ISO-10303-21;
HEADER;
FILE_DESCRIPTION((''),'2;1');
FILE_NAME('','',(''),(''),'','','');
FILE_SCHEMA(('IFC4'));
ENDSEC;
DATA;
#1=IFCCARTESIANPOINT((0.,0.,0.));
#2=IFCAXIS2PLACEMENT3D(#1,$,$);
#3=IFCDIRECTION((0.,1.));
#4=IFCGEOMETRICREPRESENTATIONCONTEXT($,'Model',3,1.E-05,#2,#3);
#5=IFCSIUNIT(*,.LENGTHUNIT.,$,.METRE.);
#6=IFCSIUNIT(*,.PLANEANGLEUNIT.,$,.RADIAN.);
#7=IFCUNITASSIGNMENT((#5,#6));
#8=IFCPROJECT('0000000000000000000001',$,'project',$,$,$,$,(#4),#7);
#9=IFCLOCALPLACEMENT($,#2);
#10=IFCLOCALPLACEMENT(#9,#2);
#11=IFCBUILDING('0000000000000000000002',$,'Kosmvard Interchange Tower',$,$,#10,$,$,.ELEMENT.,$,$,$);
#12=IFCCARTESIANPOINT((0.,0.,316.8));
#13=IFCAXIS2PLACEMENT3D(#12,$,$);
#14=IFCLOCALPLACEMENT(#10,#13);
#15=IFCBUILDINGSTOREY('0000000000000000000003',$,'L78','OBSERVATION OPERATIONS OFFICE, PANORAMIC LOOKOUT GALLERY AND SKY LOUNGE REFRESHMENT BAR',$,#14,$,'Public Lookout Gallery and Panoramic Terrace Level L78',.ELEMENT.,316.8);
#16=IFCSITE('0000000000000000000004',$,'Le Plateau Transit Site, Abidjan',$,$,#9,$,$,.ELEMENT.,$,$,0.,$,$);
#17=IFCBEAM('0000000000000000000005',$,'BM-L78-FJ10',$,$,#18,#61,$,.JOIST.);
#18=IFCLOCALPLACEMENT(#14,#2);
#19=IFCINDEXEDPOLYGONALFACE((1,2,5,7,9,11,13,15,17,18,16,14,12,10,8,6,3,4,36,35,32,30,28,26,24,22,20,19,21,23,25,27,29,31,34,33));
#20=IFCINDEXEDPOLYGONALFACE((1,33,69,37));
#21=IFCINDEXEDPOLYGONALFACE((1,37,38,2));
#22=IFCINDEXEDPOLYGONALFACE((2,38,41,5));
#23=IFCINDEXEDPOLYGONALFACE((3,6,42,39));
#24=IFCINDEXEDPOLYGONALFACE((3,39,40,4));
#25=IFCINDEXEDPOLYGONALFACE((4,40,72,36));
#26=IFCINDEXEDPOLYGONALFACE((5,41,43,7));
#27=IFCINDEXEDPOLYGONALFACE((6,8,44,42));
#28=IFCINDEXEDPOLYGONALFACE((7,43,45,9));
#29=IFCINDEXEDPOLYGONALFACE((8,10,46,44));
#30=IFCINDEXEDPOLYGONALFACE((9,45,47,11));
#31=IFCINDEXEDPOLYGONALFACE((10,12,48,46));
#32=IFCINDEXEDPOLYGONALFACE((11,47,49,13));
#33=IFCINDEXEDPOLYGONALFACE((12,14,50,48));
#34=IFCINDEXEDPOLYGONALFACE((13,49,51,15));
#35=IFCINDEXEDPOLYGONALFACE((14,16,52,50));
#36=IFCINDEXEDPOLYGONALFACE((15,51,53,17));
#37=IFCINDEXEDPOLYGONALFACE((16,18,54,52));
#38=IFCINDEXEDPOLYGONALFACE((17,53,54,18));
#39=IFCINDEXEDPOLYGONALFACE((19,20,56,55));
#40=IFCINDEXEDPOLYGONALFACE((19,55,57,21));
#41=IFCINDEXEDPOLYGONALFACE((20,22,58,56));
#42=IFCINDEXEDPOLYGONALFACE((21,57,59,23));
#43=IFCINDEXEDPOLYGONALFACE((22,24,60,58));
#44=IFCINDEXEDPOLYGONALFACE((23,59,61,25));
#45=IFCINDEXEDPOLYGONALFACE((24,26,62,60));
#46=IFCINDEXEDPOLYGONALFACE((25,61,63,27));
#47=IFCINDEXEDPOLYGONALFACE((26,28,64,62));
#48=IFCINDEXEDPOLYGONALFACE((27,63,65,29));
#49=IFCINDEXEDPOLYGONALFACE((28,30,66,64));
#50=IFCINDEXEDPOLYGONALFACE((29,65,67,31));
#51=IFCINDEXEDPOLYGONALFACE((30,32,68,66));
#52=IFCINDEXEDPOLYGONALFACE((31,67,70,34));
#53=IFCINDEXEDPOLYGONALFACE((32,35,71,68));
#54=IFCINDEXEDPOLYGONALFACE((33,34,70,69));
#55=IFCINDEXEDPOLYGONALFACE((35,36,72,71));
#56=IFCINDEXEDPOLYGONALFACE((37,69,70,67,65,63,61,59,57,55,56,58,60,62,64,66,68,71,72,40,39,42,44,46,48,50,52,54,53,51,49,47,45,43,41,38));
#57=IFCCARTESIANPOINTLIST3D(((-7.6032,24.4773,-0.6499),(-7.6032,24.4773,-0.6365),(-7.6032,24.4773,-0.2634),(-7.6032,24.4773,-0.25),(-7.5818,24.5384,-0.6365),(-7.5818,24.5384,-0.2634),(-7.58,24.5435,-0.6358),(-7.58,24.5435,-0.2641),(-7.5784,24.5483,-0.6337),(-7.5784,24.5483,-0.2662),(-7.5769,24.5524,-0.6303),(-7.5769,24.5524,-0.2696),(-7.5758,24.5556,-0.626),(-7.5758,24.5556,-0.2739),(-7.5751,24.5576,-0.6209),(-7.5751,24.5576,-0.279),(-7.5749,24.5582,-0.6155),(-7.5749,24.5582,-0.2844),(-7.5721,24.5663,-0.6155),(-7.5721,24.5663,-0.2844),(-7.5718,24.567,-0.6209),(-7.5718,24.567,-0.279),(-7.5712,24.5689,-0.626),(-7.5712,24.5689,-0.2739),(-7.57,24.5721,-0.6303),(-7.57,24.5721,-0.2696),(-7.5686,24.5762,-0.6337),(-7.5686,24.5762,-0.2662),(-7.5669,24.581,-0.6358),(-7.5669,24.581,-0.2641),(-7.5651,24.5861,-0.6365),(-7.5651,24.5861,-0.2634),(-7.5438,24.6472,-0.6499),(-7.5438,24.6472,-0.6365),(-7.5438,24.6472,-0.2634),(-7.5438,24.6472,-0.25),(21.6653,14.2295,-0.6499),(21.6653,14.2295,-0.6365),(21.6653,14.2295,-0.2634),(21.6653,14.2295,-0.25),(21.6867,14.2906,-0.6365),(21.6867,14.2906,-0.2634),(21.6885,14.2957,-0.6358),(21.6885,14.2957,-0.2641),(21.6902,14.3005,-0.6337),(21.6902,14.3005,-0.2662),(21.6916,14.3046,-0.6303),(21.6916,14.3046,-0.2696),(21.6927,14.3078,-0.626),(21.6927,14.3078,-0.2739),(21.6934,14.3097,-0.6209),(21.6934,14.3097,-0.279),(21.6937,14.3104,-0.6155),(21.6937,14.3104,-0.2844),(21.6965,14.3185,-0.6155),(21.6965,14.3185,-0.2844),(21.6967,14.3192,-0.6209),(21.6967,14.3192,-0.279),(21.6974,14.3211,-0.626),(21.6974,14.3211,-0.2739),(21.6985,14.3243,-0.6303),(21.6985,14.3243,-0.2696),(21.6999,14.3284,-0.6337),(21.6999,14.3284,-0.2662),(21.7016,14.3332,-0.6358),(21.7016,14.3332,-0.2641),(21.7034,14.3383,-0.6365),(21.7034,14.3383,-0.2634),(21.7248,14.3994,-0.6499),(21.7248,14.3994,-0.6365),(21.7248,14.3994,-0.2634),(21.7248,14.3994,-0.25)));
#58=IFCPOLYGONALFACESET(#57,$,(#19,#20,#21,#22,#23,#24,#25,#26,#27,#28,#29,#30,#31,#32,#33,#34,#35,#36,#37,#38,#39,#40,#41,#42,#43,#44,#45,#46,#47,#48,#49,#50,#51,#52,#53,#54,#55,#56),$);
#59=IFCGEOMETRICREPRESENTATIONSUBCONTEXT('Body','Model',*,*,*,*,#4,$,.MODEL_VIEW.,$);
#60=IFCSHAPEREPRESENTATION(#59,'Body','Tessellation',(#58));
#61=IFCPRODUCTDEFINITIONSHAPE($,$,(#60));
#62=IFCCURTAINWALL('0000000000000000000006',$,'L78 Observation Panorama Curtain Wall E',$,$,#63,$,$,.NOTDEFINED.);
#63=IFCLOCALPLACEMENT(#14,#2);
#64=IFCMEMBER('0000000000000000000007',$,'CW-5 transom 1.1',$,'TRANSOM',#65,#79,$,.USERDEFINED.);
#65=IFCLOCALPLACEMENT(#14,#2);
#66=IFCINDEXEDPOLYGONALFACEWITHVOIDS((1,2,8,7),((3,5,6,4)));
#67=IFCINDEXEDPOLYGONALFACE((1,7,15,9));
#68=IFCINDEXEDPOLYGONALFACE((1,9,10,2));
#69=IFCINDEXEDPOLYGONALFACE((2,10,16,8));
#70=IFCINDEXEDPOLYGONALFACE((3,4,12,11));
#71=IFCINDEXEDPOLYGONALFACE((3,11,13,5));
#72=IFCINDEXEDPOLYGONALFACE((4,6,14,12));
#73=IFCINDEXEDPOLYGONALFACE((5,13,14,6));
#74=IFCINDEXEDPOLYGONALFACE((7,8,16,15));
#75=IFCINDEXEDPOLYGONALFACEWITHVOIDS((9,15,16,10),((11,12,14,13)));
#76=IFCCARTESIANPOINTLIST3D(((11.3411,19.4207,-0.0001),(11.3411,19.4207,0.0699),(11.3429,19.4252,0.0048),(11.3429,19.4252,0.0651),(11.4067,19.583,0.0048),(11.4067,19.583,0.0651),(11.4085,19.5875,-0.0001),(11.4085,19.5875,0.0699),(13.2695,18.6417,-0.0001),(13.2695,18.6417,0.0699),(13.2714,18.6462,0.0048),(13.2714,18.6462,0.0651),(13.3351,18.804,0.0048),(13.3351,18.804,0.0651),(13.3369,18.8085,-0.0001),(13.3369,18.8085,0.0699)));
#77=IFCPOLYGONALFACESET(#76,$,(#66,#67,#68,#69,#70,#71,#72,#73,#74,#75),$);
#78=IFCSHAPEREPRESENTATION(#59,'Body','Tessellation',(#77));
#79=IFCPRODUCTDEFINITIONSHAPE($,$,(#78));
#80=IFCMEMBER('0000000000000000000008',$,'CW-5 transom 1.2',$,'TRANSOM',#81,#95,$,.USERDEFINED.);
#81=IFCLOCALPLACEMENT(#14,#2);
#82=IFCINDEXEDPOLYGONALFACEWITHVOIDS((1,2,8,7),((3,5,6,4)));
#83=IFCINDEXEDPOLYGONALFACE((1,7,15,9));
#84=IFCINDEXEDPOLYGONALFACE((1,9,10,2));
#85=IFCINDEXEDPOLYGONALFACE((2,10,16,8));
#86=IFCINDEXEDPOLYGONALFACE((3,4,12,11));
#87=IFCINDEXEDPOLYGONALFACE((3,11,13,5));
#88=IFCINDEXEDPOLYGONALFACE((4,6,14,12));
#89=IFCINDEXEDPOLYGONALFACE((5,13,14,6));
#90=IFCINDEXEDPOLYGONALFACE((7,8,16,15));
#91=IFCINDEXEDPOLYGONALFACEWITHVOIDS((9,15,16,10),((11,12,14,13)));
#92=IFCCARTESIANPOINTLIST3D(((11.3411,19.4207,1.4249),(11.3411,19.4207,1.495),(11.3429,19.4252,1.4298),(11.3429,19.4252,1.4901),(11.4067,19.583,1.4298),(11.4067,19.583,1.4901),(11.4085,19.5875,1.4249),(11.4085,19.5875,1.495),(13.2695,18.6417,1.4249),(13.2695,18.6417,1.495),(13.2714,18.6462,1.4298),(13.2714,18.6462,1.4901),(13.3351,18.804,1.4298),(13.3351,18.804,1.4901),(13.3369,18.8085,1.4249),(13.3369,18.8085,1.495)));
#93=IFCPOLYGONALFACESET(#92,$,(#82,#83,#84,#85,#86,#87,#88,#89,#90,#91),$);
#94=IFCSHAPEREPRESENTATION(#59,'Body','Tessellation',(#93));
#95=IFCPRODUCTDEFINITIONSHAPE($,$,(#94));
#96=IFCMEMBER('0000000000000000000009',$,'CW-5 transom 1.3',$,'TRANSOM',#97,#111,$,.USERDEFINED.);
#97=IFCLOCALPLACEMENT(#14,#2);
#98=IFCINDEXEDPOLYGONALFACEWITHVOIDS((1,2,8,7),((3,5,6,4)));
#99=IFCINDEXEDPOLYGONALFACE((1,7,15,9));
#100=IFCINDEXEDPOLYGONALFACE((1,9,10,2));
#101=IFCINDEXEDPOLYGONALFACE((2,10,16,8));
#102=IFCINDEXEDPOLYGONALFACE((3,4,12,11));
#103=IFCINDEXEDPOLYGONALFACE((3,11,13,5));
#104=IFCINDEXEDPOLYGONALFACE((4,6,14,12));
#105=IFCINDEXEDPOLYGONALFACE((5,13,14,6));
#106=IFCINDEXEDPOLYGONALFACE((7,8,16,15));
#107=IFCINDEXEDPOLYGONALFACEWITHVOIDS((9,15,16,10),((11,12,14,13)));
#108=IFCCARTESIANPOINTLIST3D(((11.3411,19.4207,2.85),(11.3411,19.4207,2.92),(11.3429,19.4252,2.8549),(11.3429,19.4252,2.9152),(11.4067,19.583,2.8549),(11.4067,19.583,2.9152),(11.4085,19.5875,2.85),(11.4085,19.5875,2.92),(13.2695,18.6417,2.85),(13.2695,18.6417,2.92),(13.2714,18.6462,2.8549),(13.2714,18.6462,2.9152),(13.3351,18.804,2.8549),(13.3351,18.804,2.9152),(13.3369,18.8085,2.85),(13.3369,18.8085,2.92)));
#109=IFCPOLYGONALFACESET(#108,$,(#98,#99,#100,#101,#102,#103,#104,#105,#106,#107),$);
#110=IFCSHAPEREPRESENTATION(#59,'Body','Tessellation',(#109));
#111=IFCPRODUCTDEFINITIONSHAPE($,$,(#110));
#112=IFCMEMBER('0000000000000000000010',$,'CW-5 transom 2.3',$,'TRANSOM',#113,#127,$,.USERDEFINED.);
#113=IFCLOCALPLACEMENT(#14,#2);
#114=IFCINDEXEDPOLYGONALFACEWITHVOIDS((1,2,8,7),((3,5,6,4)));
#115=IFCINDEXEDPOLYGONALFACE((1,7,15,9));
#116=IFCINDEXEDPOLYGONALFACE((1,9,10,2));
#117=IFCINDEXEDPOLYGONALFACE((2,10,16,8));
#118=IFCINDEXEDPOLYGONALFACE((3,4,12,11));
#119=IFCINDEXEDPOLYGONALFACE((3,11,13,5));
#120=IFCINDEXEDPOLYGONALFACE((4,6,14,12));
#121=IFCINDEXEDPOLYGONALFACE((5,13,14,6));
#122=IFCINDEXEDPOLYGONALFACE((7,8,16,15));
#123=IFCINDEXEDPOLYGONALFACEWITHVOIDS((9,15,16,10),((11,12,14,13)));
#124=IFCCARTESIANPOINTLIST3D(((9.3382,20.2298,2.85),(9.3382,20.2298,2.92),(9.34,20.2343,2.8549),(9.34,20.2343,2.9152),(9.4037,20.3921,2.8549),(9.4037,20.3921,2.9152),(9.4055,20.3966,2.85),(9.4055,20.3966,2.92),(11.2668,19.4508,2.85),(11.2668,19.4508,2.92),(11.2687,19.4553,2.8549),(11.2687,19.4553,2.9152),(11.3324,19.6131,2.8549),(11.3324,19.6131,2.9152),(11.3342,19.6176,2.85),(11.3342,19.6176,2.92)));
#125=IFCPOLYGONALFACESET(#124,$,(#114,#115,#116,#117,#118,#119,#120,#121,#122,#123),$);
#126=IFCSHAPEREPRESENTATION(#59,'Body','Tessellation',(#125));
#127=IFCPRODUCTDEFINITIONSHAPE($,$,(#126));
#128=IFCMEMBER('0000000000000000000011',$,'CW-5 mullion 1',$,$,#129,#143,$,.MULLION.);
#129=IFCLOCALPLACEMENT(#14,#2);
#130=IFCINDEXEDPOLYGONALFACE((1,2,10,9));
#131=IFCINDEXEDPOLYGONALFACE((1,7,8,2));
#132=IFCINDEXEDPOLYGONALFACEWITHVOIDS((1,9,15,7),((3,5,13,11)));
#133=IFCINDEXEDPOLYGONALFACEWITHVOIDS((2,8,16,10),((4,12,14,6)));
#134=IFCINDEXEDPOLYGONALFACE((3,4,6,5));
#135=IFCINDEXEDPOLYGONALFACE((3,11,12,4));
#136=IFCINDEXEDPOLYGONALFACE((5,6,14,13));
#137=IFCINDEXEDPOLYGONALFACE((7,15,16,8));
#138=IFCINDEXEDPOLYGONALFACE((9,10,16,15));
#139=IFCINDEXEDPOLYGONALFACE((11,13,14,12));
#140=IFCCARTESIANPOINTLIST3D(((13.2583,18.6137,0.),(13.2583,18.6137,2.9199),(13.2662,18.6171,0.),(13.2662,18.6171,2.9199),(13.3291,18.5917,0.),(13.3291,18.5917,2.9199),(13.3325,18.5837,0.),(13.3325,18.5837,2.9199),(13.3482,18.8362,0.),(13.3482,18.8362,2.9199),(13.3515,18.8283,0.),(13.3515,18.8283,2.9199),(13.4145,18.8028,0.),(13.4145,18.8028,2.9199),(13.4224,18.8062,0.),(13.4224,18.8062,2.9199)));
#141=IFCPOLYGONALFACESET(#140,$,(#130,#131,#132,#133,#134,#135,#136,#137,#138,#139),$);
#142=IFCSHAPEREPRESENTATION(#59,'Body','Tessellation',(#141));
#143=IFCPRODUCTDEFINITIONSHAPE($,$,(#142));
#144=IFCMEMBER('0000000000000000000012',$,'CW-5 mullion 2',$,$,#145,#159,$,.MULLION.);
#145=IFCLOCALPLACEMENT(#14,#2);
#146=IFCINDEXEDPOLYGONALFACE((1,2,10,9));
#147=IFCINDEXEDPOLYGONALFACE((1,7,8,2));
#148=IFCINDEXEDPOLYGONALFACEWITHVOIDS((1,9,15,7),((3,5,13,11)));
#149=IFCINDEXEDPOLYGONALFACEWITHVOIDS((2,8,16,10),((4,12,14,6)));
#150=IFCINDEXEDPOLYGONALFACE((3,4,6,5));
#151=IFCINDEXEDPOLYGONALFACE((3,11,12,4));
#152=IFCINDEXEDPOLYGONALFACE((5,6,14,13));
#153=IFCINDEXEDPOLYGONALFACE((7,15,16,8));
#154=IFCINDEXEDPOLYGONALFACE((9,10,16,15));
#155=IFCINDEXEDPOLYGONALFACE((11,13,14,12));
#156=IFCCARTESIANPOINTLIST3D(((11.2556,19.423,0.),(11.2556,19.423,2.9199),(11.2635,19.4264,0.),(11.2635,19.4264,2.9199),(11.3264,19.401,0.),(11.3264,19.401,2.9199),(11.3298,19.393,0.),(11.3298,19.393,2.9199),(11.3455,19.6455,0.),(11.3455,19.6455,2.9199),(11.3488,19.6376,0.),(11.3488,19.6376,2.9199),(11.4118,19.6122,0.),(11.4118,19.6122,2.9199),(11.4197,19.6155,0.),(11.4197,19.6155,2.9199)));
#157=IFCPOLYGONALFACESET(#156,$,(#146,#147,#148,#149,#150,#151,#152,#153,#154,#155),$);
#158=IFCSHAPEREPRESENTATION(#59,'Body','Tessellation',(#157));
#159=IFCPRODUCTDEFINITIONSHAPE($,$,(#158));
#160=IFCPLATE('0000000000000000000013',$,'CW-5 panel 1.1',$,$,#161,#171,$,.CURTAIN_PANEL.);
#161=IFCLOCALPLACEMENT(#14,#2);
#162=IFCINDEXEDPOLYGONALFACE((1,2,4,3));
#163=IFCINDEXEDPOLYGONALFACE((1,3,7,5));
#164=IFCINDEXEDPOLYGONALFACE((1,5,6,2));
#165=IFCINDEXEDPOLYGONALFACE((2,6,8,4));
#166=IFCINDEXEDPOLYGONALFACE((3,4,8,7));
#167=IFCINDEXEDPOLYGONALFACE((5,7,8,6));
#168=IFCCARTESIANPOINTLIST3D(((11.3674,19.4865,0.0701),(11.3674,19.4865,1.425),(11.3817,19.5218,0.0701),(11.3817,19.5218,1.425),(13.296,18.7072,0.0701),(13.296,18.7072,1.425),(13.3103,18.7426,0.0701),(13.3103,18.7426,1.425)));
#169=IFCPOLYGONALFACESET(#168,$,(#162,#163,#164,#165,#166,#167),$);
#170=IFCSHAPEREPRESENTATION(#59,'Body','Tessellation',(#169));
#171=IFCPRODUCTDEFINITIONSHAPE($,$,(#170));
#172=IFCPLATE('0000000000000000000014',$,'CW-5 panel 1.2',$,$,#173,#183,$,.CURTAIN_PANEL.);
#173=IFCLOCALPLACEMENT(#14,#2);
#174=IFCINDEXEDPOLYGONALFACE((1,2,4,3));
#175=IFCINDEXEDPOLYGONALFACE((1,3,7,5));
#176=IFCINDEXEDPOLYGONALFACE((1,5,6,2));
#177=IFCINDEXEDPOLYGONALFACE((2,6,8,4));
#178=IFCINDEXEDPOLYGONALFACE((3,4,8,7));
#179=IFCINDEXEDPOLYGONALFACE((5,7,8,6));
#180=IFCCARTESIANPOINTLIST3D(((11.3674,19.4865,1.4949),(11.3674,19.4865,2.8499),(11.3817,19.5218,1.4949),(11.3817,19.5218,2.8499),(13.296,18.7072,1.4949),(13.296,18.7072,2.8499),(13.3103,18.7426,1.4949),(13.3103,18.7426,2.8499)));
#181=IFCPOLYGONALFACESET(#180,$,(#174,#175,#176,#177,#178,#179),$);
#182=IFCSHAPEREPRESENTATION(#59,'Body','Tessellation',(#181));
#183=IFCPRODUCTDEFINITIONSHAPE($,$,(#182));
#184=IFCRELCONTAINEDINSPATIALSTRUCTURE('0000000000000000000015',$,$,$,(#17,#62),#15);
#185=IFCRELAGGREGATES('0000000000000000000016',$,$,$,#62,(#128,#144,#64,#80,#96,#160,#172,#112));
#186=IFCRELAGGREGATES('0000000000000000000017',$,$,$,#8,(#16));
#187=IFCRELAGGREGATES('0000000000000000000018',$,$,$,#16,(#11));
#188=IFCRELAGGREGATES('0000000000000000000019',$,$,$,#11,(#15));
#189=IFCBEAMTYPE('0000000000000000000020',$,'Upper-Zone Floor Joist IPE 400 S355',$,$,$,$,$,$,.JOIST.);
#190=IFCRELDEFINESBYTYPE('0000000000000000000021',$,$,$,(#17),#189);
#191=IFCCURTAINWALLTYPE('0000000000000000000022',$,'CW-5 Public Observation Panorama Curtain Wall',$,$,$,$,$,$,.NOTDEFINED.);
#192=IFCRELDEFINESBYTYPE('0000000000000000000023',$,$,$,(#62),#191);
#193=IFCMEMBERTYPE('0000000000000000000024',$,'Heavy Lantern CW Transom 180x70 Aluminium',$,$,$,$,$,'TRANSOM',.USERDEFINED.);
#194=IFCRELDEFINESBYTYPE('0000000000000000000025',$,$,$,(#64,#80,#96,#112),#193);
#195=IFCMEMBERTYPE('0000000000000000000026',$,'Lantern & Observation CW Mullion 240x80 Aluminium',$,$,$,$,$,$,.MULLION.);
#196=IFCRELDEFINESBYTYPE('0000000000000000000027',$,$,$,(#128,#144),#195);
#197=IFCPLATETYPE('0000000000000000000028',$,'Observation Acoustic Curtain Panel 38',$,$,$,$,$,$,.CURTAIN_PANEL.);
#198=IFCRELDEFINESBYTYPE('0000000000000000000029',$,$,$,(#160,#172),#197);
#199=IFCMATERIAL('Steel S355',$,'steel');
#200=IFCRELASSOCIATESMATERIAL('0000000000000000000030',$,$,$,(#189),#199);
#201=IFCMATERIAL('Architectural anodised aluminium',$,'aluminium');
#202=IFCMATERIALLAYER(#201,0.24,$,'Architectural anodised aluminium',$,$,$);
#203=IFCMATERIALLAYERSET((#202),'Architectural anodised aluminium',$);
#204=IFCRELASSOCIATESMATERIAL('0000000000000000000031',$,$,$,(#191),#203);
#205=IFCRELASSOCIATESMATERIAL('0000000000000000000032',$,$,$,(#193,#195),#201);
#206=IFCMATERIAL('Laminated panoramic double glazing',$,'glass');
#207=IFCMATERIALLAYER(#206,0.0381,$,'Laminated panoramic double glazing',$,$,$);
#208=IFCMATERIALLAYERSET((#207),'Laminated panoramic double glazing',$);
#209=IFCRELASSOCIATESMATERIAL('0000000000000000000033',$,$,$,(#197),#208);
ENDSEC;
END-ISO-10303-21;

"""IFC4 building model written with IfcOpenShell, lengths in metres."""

from ifc_helpers import new_model, si_unit, direction, frame, origin, origin_2d, place, context, subcontext, project, spatial, rectangle, hollow_rectangle, i_section, extrude, source, transform, mapped, material, layer, layer_set, material_profile, profile_set, type_object, element, aggregate, save


model = new_model("IFC4")

# Units and contexts
model_context = context("Model", 3, precision=1e-05, world=origin(), true_north=direction((0.0, 1.0)))
body_context = subcontext(model_context, "Body", "Model", "MODEL_VIEW")
ifc_project = project(units=[si_unit("LENGTHUNIT", "METRE"), si_unit("PLANEANGLEUNIT", "RADIAN")], contexts=[model_context])

# Site, building, storey
site_placement = place(None, origin())
site = spatial("IfcSite", under=ifc_project, at=site_placement, Name="Le Plateau Transit Site, Abidjan", CompositionType="ELEMENT", RefElevation=0.0)
building_placement = place(site_placement, origin())
building = spatial("IfcBuilding", under=site, at=building_placement, Name="Kosmvard Interchange Tower", CompositionType="ELEMENT")
storey_placement = place(building_placement, frame((0.0, 0.0, 316.8)))
storey = spatial("IfcBuildingStorey", under=building, at=storey_placement, Name="L78", Description="OBSERVATION OPERATIONS OFFICE, PANORAMIC LOOKOUT GALLERY AND SKY LOUNGE REFRESHMENT BAR", LongName="Public Lookout Gallery and Panoramic Terrace Level L78", CompositionType="ELEMENT", Elevation=316.8)

# Beam
ifc_material_1 = material(Name="Steel S355", Category="steel")
ifc_material_profile_1 = material_profile(ifc_material_1, i_section(OverallWidth=0.1799, OverallDepth=0.3999, WebThickness=0.0085, FlangeThickness=0.0134, FilletRadius=0.021, at=origin_2d()), Name="IPE 400")
ifc_profile_set_1 = profile_set([ifc_material_profile_1], Name="Steel S355")
beam_type_1 = type_object("IfcBeamType", Name="Upper-Zone Floor Joist IPE 400 S355", PredefinedType="JOIST", material=ifc_profile_set_1)
shared_shape_1 = source(origin(), body_context, "Body", "SweptSolid", [
    extrude(i_section(OverallWidth=0.1799, OverallDepth=0.3999, WebThickness=0.0085, FlangeThickness=0.0134, FilletRadius=0.021, at=origin_2d()), origin(), (0.0, 0.0, 1.0), 31.0107),
])
beam_1_placement = place(storey_placement, frame((21.6951, 14.3145, -0.45), z_axis=(-0.94382, 0.33046, 0.0), x_axis=(-0.33046, -0.94382, 0.0)))
element("IfcBeam", 1, at=beam_1_placement, inside=storey, type_object=beam_type_1, Name="BM-L78-FJ10", PredefinedType="JOIST", context=body_context, shape_type="MappedRepresentation", body=[
    mapped(shared_shape_1, transform((0.0, 0.0, 0.0), scale=1.0)),
])

# Curtain wall, members, plates
ifc_material_2 = material(Name="Architectural anodised aluminium", Category="aluminium")
ifc_layer_1 = layer(ifc_material_2, 0.24, Name="Architectural anodised aluminium")
ifc_layer_set_1 = layer_set([ifc_layer_1], Name="Architectural anodised aluminium")
curtain_wall_type = type_object("IfcCurtainWallType", Name="CW-5 Public Observation Panorama Curtain Wall", PredefinedType="NOTDEFINED", material=ifc_layer_set_1)
curtain_wall_placement = place(storey_placement, origin())
curtain_wall = element("IfcCurtainWall", 2, at=curtain_wall_placement, inside=storey, type_object=curtain_wall_type, Name="L78 Observation Panorama Curtain Wall E", PredefinedType="NOTDEFINED")
ifc_material_profile_2 = material_profile(ifc_material_2, hollow_rectangle(XDim=0.1799, YDim=0.0701, WallThickness=0.0049, at=origin_2d()), Name="CWT 180x70x5")
ifc_profile_set_2 = profile_set([ifc_material_profile_2], Name="Architectural anodised aluminium")
member_type_1 = type_object("IfcMemberType", Name="Heavy Lantern CW Transom 180x70 Aluminium", ElementType="TRANSOM", PredefinedType="USERDEFINED", material=ifc_profile_set_2)
shared_shape_2 = source(origin(), body_context, "Body", "SweptSolid", [
    extrude(hollow_rectangle(XDim=0.1799, YDim=0.0701, WallThickness=0.0049, at=origin_2d()), origin(), (0.0, 0.0, 1.0), 2.0798),
])
member_1_placement = place(storey_placement, frame((13.3032, 18.7251, 0.0349), z_axis=(-0.9272, 0.374566, 0.0), x_axis=(-0.374566, -0.9272, 0.0)))
member_1 = element("IfcMember", 3, at=member_1_placement, type_object=member_type_1, Name="CW-5 transom 1.1", ObjectType="TRANSOM", PredefinedType="USERDEFINED", context=body_context, shape_type="MappedRepresentation", body=[
    mapped(shared_shape_2, transform((0.0, 0.0, 0.0), scale=1.0)),
])
member_2_placement = place(storey_placement, frame((13.3032, 18.7251, 1.46), z_axis=(-0.9272, 0.374566, 0.0), x_axis=(-0.374566, -0.9272, 0.0)))
member_2 = element("IfcMember", 4, at=member_2_placement, type_object=member_type_1, Name="CW-5 transom 1.2", ObjectType="TRANSOM", PredefinedType="USERDEFINED", context=body_context, shape_type="MappedRepresentation", body=[
    mapped(shared_shape_2, transform((0.0, 0.0, 0.0), scale=1.0)),
])
member_3_placement = place(storey_placement, frame((13.3032, 18.7251, 2.885), z_axis=(-0.9272, 0.374566, 0.0), x_axis=(-0.374566, -0.9272, 0.0)))
member_3 = element("IfcMember", 5, at=member_3_placement, type_object=member_type_1, Name="CW-5 transom 1.3", ObjectType="TRANSOM", PredefinedType="USERDEFINED", context=body_context, shape_type="MappedRepresentation", body=[
    mapped(shared_shape_2, transform((0.0, 0.0, 0.0), scale=1.0)),
])
shared_shape_3 = source(origin(), body_context, "Body", "SweptSolid", [
    extrude(hollow_rectangle(XDim=0.1799, YDim=0.0701, WallThickness=0.0049, at=origin_2d()), origin(), (0.0, 0.0, 1.0), 2.0801),
])
member_4_placement = place(storey_placement, frame((11.3005, 19.5342, 2.885), z_axis=(-0.927217, 0.374525, 0.0), x_axis=(-0.374525, -0.927217, 0.0)))
member_4 = element("IfcMember", 6, at=member_4_placement, type_object=member_type_1, Name="CW-5 transom 2.3", ObjectType="TRANSOM", PredefinedType="USERDEFINED", context=body_context, shape_type="MappedRepresentation", body=[
    mapped(shared_shape_3, transform((0.0, 0.0, 0.0), scale=1.0)),
])
ifc_material_profile_3 = material_profile(ifc_material_2, hollow_rectangle(XDim=0.24, YDim=0.0801, WallThickness=0.0061, at=origin_2d()), Name="CWM 240x80x6")
ifc_profile_set_3 = profile_set([ifc_material_profile_3], Name="Architectural anodised aluminium")
member_type_2 = type_object("IfcMemberType", Name="Lantern & Observation CW Mullion 240x80 Aluminium", PredefinedType="MULLION", material=ifc_profile_set_3)
shared_shape_4 = source(origin(), body_context, "Body", "SweptSolid", [
    extrude(hollow_rectangle(XDim=0.24, YDim=0.0801, WallThickness=0.0061, at=origin_2d()), origin(), (0.0, 0.0, 1.0), 2.9199),
])
member_5_placement = place(storey_placement, frame((13.3403, 18.71, 0.0), z_axis=(0.0, 0.0, 1.0), x_axis=(-0.374607, -0.927184, 0.0)))
member_5 = element("IfcMember", 7, at=member_5_placement, type_object=member_type_2, Name="CW-5 mullion 1", PredefinedType="MULLION", context=body_context, shape_type="MappedRepresentation", body=[
    mapped(shared_shape_4, transform((0.0, 0.0, 0.0), scale=1.0)),
])
member_6_placement = place(storey_placement, frame((11.3376, 19.5193, 0.0), z_axis=(0.0, 0.0, 1.0), x_axis=(-0.374607, -0.927184, 0.0)))
member_6 = element("IfcMember", 8, at=member_6_placement, type_object=member_type_2, Name="CW-5 mullion 2", PredefinedType="MULLION", context=body_context, shape_type="MappedRepresentation", body=[
    mapped(shared_shape_4, transform((0.0, 0.0, 0.0), scale=1.0)),
])
ifc_material_3 = material(Name="Laminated panoramic double glazing", Category="glass")
ifc_layer_2 = layer(ifc_material_3, 0.0381, Name="Laminated panoramic double glazing")
ifc_layer_set_2 = layer_set([ifc_layer_2], Name="Laminated panoramic double glazing")
plate_type = type_object("IfcPlateType", Name="Observation Acoustic Curtain Panel 38", PredefinedType="CURTAIN_PANEL", material=ifc_layer_set_2)
shared_shape_5 = source(origin(), body_context, "Body", "SweptSolid", [
    extrude(rectangle(XDim=2.0801, YDim=0.0381, at=origin_2d()), origin(), (0.0, 0.0, 1.0), 1.355),
])
plate_1_placement = place(storey_placement, frame((12.3389, 19.1145, 0.0701), z_axis=(0.0, 0.0, 1.0), x_axis=(-0.927184, 0.374607, 0.0)))
plate_1 = element("IfcPlate", 9, at=plate_1_placement, type_object=plate_type, Name="CW-5 panel 1.1", PredefinedType="CURTAIN_PANEL", context=body_context, shape_type="MappedRepresentation", body=[
    mapped(shared_shape_5, transform((0.0, 0.0, 0.0), scale=1.0)),
])
plate_2_placement = place(storey_placement, frame((12.3389, 19.1145, 1.4949), z_axis=(0.0, 0.0, 1.0), x_axis=(-0.927184, 0.374607, 0.0)))
plate_2 = element("IfcPlate", 10, at=plate_2_placement, type_object=plate_type, Name="CW-5 panel 1.2", PredefinedType="CURTAIN_PANEL", context=body_context, shape_type="MappedRepresentation", body=[
    mapped(shared_shape_5, transform((0.0, 0.0, 0.0), scale=1.0)),
])
aggregate(curtain_wall, [member_5, member_6, member_1, member_2, member_3, plate_1, plate_2, member_4])

save(model, "model.ifc")
